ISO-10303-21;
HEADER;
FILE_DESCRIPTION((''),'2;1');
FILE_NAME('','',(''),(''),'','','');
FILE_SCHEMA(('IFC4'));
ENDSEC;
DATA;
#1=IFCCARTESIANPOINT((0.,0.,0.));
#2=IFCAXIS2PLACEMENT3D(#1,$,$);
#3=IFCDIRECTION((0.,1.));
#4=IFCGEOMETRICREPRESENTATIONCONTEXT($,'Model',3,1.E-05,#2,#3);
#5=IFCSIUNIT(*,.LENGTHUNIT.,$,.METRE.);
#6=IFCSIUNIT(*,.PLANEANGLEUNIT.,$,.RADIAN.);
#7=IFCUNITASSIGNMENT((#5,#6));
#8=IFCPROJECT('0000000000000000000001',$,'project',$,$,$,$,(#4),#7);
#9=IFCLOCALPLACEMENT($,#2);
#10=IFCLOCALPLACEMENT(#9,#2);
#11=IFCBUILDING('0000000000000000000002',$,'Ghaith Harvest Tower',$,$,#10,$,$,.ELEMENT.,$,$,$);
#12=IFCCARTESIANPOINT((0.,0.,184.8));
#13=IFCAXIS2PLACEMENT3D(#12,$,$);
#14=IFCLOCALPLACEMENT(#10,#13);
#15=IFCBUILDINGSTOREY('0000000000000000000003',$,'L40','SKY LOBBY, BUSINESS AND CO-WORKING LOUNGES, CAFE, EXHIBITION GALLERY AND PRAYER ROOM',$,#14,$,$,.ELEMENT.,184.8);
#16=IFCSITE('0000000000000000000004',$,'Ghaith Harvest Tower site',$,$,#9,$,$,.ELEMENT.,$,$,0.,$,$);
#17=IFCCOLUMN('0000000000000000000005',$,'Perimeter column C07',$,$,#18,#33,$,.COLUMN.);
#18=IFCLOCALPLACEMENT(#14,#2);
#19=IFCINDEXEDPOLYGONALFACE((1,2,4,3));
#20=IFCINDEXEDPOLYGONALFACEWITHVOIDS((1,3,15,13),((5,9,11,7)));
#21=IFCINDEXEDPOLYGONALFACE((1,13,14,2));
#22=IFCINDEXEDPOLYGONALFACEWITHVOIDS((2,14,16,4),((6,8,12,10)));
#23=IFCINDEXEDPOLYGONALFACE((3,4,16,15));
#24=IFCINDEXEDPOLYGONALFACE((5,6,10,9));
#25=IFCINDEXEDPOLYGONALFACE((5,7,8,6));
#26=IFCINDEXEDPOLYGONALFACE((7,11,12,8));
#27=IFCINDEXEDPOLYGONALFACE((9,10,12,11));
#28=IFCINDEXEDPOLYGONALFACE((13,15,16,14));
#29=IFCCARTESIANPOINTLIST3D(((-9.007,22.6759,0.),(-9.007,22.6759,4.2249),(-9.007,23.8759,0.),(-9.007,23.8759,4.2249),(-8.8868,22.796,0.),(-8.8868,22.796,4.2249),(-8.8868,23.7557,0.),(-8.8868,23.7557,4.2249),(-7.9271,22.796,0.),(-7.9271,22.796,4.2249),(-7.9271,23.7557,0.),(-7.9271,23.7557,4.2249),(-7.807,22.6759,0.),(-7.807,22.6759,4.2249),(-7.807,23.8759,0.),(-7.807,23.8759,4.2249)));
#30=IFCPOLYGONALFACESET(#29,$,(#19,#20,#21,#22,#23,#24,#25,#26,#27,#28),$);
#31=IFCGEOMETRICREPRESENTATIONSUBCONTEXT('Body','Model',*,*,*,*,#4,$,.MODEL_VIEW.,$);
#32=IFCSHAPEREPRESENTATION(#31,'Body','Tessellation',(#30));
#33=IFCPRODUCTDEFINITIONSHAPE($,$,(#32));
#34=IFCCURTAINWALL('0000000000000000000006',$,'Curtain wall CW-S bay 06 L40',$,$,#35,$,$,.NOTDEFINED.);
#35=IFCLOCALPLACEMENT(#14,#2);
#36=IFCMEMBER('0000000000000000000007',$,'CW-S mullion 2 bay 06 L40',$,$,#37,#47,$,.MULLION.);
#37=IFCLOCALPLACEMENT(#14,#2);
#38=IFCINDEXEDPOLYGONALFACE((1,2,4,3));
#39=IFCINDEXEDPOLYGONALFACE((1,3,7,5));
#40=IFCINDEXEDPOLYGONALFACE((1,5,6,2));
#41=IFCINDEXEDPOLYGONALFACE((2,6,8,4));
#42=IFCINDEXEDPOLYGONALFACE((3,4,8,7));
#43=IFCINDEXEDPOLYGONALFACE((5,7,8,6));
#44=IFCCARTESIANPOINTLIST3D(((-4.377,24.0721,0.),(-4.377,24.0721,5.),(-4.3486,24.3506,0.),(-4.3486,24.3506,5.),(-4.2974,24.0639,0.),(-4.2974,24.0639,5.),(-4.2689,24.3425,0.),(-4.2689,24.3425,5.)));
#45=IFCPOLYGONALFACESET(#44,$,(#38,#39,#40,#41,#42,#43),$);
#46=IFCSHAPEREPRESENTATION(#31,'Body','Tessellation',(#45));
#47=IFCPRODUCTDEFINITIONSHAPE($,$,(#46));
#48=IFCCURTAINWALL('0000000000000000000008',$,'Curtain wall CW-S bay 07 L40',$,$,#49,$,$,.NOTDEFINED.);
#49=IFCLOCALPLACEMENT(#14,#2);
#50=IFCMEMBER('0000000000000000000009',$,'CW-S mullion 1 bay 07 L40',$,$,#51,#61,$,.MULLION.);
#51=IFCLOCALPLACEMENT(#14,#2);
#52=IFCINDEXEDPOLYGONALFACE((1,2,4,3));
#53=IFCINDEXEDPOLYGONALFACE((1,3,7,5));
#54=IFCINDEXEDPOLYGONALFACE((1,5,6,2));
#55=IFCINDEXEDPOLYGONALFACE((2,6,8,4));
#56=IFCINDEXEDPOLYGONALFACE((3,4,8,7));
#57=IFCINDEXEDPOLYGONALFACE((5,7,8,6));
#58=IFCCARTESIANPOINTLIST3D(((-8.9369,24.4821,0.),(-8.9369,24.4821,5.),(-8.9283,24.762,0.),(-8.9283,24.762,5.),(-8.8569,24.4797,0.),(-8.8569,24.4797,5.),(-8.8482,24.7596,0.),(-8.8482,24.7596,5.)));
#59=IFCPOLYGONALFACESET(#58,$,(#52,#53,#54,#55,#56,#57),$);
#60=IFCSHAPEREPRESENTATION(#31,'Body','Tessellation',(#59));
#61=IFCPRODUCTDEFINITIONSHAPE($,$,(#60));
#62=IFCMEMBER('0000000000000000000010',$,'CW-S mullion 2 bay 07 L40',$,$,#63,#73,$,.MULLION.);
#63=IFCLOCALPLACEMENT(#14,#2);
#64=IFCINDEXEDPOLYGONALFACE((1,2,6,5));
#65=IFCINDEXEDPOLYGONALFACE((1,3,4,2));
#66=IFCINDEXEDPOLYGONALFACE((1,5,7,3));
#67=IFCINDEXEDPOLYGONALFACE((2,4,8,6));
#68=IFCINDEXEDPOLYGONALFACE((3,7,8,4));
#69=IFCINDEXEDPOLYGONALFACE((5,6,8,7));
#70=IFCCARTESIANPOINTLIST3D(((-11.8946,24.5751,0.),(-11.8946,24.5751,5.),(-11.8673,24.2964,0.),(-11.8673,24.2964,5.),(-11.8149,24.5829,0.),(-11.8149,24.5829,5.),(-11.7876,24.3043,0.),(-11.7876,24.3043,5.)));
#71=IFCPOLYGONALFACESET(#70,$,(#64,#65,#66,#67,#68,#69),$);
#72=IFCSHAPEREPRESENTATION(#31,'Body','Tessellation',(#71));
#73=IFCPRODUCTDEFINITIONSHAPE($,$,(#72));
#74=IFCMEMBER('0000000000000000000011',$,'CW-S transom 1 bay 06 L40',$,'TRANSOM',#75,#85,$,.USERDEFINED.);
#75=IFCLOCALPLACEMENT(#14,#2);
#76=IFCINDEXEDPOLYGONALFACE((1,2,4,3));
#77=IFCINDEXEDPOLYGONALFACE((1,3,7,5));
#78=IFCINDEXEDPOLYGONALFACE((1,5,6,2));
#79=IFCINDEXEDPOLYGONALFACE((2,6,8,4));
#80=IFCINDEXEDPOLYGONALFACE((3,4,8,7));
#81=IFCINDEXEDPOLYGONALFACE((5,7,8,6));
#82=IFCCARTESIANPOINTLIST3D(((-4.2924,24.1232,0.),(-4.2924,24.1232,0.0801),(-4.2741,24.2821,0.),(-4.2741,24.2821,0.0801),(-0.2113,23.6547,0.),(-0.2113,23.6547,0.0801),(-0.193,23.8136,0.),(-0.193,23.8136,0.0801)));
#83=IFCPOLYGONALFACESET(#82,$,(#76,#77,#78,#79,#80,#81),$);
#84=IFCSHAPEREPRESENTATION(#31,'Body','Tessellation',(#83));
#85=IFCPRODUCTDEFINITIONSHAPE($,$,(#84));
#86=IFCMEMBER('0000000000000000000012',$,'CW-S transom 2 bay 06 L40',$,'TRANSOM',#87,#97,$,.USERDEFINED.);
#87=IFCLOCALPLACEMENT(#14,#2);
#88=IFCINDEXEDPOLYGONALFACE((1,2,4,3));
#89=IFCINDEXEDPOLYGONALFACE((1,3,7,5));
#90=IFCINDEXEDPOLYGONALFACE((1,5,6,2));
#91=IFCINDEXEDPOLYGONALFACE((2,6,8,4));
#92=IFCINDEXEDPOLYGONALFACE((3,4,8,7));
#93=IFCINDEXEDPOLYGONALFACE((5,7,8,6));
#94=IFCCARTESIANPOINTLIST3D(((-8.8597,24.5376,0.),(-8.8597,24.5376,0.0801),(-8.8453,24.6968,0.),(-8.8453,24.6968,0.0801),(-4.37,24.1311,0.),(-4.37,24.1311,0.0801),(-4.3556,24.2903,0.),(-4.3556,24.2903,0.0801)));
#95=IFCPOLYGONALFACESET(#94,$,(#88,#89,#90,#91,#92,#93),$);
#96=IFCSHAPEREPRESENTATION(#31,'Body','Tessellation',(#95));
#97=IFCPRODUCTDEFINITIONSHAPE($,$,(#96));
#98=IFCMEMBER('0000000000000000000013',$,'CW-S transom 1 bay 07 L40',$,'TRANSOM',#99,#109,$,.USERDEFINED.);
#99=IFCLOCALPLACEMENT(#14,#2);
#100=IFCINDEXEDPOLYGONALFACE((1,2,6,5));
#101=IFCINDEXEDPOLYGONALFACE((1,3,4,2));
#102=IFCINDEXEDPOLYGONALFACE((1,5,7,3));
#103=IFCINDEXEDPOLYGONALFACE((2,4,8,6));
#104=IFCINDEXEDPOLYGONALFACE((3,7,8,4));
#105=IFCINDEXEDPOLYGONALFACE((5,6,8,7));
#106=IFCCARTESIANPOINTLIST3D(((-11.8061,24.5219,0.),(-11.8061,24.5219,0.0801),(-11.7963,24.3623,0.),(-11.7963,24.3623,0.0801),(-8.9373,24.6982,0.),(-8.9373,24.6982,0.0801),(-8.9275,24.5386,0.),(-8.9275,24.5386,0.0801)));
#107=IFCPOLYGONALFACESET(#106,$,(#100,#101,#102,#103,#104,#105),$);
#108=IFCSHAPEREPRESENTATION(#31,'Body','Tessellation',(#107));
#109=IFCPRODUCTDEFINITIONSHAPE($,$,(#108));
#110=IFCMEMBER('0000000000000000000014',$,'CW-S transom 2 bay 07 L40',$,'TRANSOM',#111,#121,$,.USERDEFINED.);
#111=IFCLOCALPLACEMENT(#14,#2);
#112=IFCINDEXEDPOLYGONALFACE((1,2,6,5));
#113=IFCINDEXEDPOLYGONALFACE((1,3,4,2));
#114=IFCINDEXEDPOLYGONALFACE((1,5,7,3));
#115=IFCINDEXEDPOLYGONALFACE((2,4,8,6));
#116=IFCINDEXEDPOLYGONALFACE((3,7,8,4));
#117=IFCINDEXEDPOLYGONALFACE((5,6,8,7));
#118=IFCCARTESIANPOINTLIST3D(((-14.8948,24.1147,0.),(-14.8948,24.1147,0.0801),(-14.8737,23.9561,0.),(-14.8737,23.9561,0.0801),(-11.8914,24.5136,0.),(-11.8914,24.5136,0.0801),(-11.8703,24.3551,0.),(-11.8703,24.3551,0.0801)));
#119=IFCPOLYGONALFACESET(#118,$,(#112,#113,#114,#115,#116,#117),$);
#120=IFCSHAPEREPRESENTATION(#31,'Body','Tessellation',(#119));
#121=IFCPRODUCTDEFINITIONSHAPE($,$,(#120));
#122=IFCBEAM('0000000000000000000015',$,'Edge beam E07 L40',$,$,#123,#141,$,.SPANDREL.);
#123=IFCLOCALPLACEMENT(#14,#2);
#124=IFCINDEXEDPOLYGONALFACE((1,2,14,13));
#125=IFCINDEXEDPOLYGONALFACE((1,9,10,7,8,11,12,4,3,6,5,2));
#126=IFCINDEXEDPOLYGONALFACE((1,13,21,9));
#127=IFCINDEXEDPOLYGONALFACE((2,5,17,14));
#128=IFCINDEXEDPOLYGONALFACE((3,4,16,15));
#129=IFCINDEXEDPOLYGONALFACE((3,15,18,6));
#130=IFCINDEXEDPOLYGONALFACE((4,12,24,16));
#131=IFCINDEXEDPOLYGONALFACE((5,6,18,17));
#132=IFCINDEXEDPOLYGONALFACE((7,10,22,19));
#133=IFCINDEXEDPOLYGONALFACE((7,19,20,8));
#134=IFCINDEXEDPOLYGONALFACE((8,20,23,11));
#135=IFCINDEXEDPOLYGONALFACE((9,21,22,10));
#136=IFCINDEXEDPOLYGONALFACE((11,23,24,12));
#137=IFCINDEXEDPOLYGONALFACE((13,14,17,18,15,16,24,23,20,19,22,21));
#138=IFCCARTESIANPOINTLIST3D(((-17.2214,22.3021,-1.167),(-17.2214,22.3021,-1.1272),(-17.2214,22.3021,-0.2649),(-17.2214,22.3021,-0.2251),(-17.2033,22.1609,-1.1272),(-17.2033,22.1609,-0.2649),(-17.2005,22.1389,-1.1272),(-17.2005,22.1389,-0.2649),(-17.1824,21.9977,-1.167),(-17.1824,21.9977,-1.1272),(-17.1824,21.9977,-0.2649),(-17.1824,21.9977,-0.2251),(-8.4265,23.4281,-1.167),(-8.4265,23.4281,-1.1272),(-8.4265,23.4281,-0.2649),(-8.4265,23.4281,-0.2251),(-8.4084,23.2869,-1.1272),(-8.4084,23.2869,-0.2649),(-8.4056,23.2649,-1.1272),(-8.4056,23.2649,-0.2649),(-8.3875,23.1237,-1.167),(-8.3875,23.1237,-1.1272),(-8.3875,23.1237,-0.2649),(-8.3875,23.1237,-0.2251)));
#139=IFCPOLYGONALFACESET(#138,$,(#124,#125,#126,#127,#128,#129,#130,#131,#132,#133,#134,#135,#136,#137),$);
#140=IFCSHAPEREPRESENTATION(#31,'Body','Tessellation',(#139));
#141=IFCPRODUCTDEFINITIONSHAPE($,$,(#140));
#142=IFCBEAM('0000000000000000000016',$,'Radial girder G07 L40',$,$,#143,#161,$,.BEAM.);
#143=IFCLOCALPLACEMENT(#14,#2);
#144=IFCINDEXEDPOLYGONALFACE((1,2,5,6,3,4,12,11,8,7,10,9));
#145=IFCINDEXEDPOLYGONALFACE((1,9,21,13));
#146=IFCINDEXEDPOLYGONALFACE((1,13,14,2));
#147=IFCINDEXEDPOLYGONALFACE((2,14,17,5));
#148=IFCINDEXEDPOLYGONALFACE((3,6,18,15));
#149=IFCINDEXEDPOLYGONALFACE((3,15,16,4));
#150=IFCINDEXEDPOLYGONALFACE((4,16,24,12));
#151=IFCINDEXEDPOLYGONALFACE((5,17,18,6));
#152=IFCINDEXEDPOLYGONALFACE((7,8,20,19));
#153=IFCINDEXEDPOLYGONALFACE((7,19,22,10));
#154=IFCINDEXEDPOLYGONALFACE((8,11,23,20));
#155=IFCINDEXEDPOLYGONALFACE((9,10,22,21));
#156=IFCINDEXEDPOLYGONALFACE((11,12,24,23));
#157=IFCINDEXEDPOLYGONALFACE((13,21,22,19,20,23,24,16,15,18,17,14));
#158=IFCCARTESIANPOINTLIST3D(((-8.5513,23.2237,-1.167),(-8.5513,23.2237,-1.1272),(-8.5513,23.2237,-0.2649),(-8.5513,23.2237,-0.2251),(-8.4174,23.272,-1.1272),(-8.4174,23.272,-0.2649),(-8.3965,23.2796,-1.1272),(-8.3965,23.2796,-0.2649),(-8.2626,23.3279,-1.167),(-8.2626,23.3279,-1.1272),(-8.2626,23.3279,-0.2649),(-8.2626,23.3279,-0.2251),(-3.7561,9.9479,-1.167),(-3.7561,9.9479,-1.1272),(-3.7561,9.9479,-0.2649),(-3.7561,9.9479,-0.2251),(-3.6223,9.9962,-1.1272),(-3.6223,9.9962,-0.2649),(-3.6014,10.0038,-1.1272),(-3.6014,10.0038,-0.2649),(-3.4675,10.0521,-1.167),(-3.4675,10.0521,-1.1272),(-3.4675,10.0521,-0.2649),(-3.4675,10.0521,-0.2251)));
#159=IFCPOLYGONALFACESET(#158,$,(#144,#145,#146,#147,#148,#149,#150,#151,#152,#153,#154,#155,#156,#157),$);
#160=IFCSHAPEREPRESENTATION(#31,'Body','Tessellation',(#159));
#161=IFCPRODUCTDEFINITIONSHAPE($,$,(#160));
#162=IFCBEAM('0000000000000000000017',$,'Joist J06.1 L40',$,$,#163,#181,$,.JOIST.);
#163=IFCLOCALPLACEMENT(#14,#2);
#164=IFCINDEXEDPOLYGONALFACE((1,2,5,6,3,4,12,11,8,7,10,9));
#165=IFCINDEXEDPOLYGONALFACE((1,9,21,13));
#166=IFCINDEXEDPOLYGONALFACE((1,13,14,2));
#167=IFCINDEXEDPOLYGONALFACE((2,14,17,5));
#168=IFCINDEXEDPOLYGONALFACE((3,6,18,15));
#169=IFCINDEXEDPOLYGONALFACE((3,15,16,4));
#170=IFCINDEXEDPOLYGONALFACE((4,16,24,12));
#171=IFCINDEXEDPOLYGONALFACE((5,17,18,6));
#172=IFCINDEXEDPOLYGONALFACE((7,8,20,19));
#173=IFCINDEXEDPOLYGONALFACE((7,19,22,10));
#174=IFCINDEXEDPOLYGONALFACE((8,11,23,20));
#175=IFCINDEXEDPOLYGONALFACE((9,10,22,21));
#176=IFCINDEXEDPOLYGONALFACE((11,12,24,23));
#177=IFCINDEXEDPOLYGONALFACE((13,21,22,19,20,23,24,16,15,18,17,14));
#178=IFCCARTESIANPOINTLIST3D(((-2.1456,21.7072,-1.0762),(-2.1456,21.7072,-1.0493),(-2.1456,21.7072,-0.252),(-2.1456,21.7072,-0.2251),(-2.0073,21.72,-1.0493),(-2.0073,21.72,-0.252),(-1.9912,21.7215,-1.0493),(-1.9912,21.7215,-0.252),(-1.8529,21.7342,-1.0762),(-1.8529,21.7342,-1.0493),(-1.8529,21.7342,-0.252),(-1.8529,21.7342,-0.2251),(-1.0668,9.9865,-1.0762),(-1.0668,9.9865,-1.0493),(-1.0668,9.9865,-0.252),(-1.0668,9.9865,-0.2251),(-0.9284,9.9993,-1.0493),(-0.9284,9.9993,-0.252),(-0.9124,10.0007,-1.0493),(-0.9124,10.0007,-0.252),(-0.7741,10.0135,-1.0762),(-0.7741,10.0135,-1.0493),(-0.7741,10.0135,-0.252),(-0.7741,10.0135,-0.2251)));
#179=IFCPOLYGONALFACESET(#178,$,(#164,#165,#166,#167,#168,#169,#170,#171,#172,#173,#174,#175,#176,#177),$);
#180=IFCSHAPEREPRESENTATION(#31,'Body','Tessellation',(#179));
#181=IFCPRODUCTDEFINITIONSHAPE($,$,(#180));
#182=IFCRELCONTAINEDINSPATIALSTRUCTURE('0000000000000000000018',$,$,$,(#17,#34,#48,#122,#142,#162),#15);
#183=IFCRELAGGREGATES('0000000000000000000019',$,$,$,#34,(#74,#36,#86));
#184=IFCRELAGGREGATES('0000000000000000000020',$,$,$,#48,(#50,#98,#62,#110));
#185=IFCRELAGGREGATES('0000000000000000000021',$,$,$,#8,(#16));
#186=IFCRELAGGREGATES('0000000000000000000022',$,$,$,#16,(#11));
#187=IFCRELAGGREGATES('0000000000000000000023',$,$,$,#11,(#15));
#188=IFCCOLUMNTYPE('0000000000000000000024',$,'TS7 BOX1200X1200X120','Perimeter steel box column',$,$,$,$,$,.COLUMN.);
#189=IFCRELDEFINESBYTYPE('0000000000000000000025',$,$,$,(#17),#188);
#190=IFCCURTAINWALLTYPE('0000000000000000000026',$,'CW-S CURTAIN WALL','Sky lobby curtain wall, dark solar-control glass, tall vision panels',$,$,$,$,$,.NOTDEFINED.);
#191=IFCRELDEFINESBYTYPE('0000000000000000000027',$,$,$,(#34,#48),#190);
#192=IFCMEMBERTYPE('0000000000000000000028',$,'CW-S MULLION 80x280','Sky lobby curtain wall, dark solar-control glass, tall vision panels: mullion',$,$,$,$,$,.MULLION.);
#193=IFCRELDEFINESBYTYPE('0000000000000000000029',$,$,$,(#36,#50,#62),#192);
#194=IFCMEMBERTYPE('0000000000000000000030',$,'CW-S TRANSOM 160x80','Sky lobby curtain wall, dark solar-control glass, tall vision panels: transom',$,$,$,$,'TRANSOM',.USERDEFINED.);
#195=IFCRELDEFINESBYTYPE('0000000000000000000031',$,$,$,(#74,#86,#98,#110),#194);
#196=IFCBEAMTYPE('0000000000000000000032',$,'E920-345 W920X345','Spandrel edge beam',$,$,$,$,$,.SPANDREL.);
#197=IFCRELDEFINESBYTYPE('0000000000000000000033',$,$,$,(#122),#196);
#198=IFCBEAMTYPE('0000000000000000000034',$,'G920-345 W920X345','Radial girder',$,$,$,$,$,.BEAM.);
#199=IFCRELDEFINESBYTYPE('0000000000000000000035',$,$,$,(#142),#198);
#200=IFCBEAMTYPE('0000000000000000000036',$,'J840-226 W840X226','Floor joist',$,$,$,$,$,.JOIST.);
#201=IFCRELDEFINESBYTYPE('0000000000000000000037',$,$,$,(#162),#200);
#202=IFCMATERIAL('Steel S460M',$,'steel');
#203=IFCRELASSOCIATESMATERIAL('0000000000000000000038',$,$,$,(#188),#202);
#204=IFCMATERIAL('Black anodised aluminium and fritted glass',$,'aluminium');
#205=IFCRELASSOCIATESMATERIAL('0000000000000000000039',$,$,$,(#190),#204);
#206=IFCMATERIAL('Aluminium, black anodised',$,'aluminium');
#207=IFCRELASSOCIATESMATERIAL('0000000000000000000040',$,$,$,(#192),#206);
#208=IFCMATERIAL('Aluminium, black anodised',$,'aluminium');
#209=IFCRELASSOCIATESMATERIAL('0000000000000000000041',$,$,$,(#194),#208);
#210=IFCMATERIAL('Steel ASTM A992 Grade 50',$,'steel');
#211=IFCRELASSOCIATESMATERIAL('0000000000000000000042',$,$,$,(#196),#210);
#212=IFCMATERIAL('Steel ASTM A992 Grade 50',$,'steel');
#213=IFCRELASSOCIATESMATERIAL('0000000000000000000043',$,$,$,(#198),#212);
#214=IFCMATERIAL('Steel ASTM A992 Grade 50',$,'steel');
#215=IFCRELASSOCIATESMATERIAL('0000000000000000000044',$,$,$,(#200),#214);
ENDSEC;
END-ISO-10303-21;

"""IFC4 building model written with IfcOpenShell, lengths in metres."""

from ifc_helpers import new_model, si_unit, direction, frame, origin, origin_2d, place, context, subcontext, project, spatial, rectangle, hollow_rectangle, i_section, extrude, material, material_profile, profile_set, type_object, element, aggregate, save


model = new_model("IFC4")

# Units and contexts
model_context = context("Model", 3, precision=1e-05, world=origin(), true_north=direction((0.0, 1.0)))
body_context = subcontext(model_context, "Body", "Model", "MODEL_VIEW")
ifc_project = project(units=[si_unit("LENGTHUNIT", "METRE"), si_unit("PLANEANGLEUNIT", "RADIAN")], contexts=[model_context])

# Site, building, storey
site_placement = place(None, origin())
site = spatial("IfcSite", under=ifc_project, at=site_placement, Name="Ghaith Harvest Tower site", CompositionType="ELEMENT", RefElevation=0.0)
building_placement = place(site_placement, origin())
building = spatial("IfcBuilding", under=site, at=building_placement, Name="Ghaith Harvest Tower", CompositionType="ELEMENT")
storey_placement = place(building_placement, frame((0.0, 0.0, 184.8)))
storey = spatial("IfcBuildingStorey", under=building, at=storey_placement, Name="L40", Description="SKY LOBBY, BUSINESS AND CO-WORKING LOUNGES, CAFE, EXHIBITION GALLERY AND PRAYER ROOM", CompositionType="ELEMENT", Elevation=184.8)

# Column
ifc_material_1 = material(Name="Steel S460M", Category="steel")
ifc_material_profile_1 = material_profile(ifc_material_1, hollow_rectangle(XDim=1.2, YDim=1.2, WallThickness=0.1201, at=origin_2d()), Name="BOX1200X1200X120")
ifc_profile_set_1 = profile_set([ifc_material_profile_1], Name="Steel S460M")
column_type = type_object("IfcColumnType", Name="TS7 BOX1200X1200X120", Description="Perimeter steel box column", PredefinedType="COLUMN", material=ifc_profile_set_1)
column_placement = place(storey_placement, frame((-8.407, 23.2759, 0.0), z_axis=(0.0, 0.0, 1.0), x_axis=(1.0, 0.0, 0.0)))
element("IfcColumn", 1, at=column_placement, inside=storey, type_object=column_type, Name="Perimeter column C07", PredefinedType="COLUMN", context=body_context, shape_type="SweptSolid", body=[
    extrude(hollow_rectangle(XDim=1.2, YDim=1.2, WallThickness=0.1201, at=origin_2d()), origin(), (0.0, 0.0, 1.0), 4.2249),
])

# Curtain wall, member
ifc_material_2 = material(Name="Black anodised aluminium and fritted glass", Category="aluminium")
curtain_wall_type = type_object("IfcCurtainWallType", Name="CW-S CURTAIN WALL", Description="Sky lobby curtain wall, dark solar-control glass, tall vision panels", PredefinedType="NOTDEFINED", material=ifc_material_2)
curtain_wall_1_placement = place(storey_placement, origin())
curtain_wall_1 = element("IfcCurtainWall", 2, at=curtain_wall_1_placement, inside=storey, type_object=curtain_wall_type, Name="Curtain wall CW-S bay 06 L40", PredefinedType="NOTDEFINED")
ifc_material_3 = material(Name="Aluminium, black anodised", Category="aluminium")
ifc_material_profile_2 = material_profile(ifc_material_3, rectangle(XDim=0.0801, YDim=0.28, at=origin_2d()), Name="CW-S MULLION 80x280")
ifc_profile_set_2 = profile_set([ifc_material_profile_2], Name="Aluminium, black anodised")
member_type_1 = type_object("IfcMemberType", Name="CW-S MULLION 80x280", Description="Sky lobby curtain wall, dark solar-control glass, tall vision panels: mullion", PredefinedType="MULLION", material=ifc_profile_set_2)
member_1_placement = place(storey_placement, frame((-4.323, 24.2073, 0.0), z_axis=(0.0, 0.0, 1.0), x_axis=(-0.99483, 0.101551, 0.0)))
member_1 = element("IfcMember", 3, at=member_1_placement, type_object=member_type_1, Name="CW-S mullion 2 bay 06 L40", PredefinedType="MULLION", context=body_context, shape_type="SweptSolid", body=[
    extrude(rectangle(XDim=0.0801, YDim=0.28, at=origin_2d()), origin(), (0.0, 0.0, 1.0), 5.0),
])

# Curtain wall, members
curtain_wall_2_placement = place(storey_placement, origin())
curtain_wall_2 = element("IfcCurtainWall", 4, at=curtain_wall_2_placement, inside=storey, type_object=curtain_wall_type, Name="Curtain wall CW-S bay 07 L40", PredefinedType="NOTDEFINED")
member_2_placement = place(storey_placement, frame((-8.8926, 24.6208, 0.0), z_axis=(0.0, 0.0, 1.0), x_axis=(-0.999522, 0.030909, 0.0)))
member_2 = element("IfcMember", 5, at=member_2_placement, type_object=member_type_1, Name="CW-S mullion 1 bay 07 L40", PredefinedType="MULLION", context=body_context, shape_type="SweptSolid", body=[
    extrude(rectangle(XDim=0.0801, YDim=0.28, at=origin_2d()), origin(), (0.0, 0.0, 1.0), 5.0),
])
member_3_placement = place(storey_placement, frame((-11.8411, 24.4397, 0.0), z_axis=(0.0, 0.0, 1.0), x_axis=(-0.995238, -0.09748, 0.0)))
member_3 = element("IfcMember", 6, at=member_3_placement, type_object=member_type_1, Name="CW-S mullion 2 bay 07 L40", PredefinedType="MULLION", context=body_context, shape_type="SweptSolid", body=[
    extrude(rectangle(XDim=0.0801, YDim=0.28, at=origin_2d()), origin(), (0.0, 0.0, 1.0), 5.0),
])

# Members
ifc_material_4 = material(Name="Aluminium, black anodised", Category="aluminium")
ifc_material_profile_3 = material_profile(ifc_material_4, rectangle(XDim=0.1599, YDim=0.0801, at=origin_2d()), Name="CW-S TRANSOM 160x80")
ifc_profile_set_3 = profile_set([ifc_material_profile_3], Name="Aluminium, black anodised")
member_type_2 = type_object("IfcMemberType", Name="CW-S TRANSOM 160x80", Description="Sky lobby curtain wall, dark solar-control glass, tall vision panels: transom", ElementType="TRANSOM", PredefinedType="USERDEFINED", material=ifc_profile_set_3)
member_4_placement = place(storey_placement, frame((-0.2021, 23.7341, 0.04), z_axis=(-0.993475, 0.114051, 0.0), x_axis=(-0.114051, -0.993475, 0.0)))
member_4 = element("IfcMember", 7, at=member_4_placement, type_object=member_type_2, Name="CW-S transom 1 bay 06 L40", ObjectType="TRANSOM", PredefinedType="USERDEFINED", context=body_context, shape_type="SweptSolid", body=[
    extrude(rectangle(XDim=0.1599, YDim=0.0801, at=origin_2d()), origin(), (0.0, 0.0, 1.0), 4.1079),
])
member_5_placement = place(storey_placement, frame((-4.3628, 24.2107, 0.04), z_axis=(-0.995926, 0.09017, 0.0), x_axis=(-0.09017, -0.995926, 0.0)))
member_5 = element("IfcMember", 8, at=member_5_placement, type_object=member_type_2, Name="CW-S transom 2 bay 06 L40", ObjectType="TRANSOM", PredefinedType="USERDEFINED", context=body_context, shape_type="SweptSolid", body=[
    extrude(rectangle(XDim=0.1599, YDim=0.0801, at=origin_2d()), origin(), (0.0, 0.0, 1.0), 4.5081),
])
member_6_placement = place(storey_placement, frame((-8.9324, 24.6184, 0.04), z_axis=(-0.998118, -0.061326, 0.0), x_axis=(0.061326, -0.998118, 0.0)))
member_6 = element("IfcMember", 9, at=member_6_placement, type_object=member_type_2, Name="CW-S transom 1 bay 07 L40", ObjectType="TRANSOM", PredefinedType="USERDEFINED", context=body_context, shape_type="SweptSolid", body=[
    extrude(rectangle(XDim=0.1599, YDim=0.0801, at=origin_2d()), origin(), (0.0, 0.0, 1.0), 2.8743),
])
member_7_placement = place(storey_placement, frame((-11.8809, 24.4343, 0.04), z_axis=(-0.991294, -0.131668, 0.0), x_axis=(0.131668, -0.991294, 0.0)))
member_7 = element("IfcMember", 10, at=member_7_placement, type_object=member_type_2, Name="CW-S transom 2 bay 07 L40", ObjectType="TRANSOM", PredefinedType="USERDEFINED", context=body_context, shape_type="SweptSolid", body=[
    extrude(rectangle(XDim=0.1599, YDim=0.0801, at=origin_2d()), origin(), (0.0, 0.0, 1.0), 3.0298),
])

# Beams
ifc_material_5 = material(Name="Steel ASTM A992 Grade 50", Category="steel")
ifc_material_profile_4 = material_profile(ifc_material_5, i_section(OverallWidth=0.3069, OverallDepth=0.9419, WebThickness=0.0222, FlangeThickness=0.0398, at=origin_2d()), Name="W920X345")
ifc_profile_set_4 = profile_set([ifc_material_profile_4], Name="Steel ASTM A992 Grade 50")
beam_type_1 = type_object("IfcBeamType", Name="E920-345 W920X345", Description="Spandrel edge beam", PredefinedType="SPANDREL", material=ifc_profile_set_4)
beam_1_placement = place(storey_placement, frame((-8.407, 23.2759, -0.696), z_axis=(-0.991904, -0.126989, 0.0), x_axis=(0.126989, -0.991904, 0.0)))
element("IfcBeam", 11, at=beam_1_placement, inside=storey, type_object=beam_type_1, Name="Edge beam E07 L40", PredefinedType="SPANDREL", context=body_context, shape_type="SweptSolid", body=[
    extrude(i_section(OverallWidth=0.3069, OverallDepth=0.9419, WebThickness=0.0222, FlangeThickness=0.0398, at=origin_2d()), origin(), (0.0, 0.0, 1.0), 8.8667),
])
ifc_material_6 = material(Name="Steel ASTM A992 Grade 50", Category="steel")
ifc_material_profile_5 = material_profile(ifc_material_6, i_section(OverallWidth=0.3069, OverallDepth=0.9419, WebThickness=0.0222, FlangeThickness=0.0398, at=origin_2d()), Name="W920X345")
ifc_profile_set_5 = profile_set([ifc_material_profile_5], Name="Steel ASTM A992 Grade 50")
beam_type_2 = type_object("IfcBeamType", Name="G920-345 W920X345", Description="Radial girder", PredefinedType="BEAM", material=ifc_profile_set_5)
beam_2_placement = place(storey_placement, frame((-3.6118, 10.0, -0.696), z_axis=(-0.339713, 0.940529, 0.0), x_axis=(-0.940529, -0.339713, 0.0)))
element("IfcBeam", 12, at=beam_2_placement, inside=storey, type_object=beam_type_2, Name="Radial girder G07 L40", PredefinedType="BEAM", context=body_context, shape_type="SweptSolid", body=[
    extrude(i_section(OverallWidth=0.3069, OverallDepth=0.9419, WebThickness=0.0222, FlangeThickness=0.0398, at=origin_2d()), origin(), (0.0, 0.0, 1.0), 14.1152),
])
ifc_material_7 = material(Name="Steel ASTM A992 Grade 50", Category="steel")
ifc_material_profile_6 = material_profile(ifc_material_7, i_section(OverallWidth=0.2939, OverallDepth=0.8511, WebThickness=0.0161, FlangeThickness=0.0269, at=origin_2d()), Name="W840X226")
ifc_profile_set_6 = profile_set([ifc_material_profile_6], Name="Steel ASTM A992 Grade 50")
beam_type_3 = type_object("IfcBeamType", Name="J840-226 W840X226", Description="Floor joist", PredefinedType="JOIST", material=ifc_profile_set_6)
beam_3_placement = place(storey_placement, frame((-0.9204, 10.0, -0.6506), z_axis=(-0.09166, 0.99579, 0.0), x_axis=(-0.99579, -0.09166, 0.0)))
element("IfcBeam", 13, at=beam_3_placement, inside=storey, type_object=beam_type_3, Name="Joist J06.1 L40", PredefinedType="JOIST", context=body_context, shape_type="SweptSolid", body=[
    extrude(i_section(OverallWidth=0.2939, OverallDepth=0.8511, WebThickness=0.0161, FlangeThickness=0.0269, at=origin_2d()), origin(), (0.0, 0.0, 1.0), 11.7703),
])

aggregate(curtain_wall_1, [member_4, member_1, member_5])
aggregate(curtain_wall_2, [member_2, member_6, member_3, member_7])

save(model, "model.ifc")
